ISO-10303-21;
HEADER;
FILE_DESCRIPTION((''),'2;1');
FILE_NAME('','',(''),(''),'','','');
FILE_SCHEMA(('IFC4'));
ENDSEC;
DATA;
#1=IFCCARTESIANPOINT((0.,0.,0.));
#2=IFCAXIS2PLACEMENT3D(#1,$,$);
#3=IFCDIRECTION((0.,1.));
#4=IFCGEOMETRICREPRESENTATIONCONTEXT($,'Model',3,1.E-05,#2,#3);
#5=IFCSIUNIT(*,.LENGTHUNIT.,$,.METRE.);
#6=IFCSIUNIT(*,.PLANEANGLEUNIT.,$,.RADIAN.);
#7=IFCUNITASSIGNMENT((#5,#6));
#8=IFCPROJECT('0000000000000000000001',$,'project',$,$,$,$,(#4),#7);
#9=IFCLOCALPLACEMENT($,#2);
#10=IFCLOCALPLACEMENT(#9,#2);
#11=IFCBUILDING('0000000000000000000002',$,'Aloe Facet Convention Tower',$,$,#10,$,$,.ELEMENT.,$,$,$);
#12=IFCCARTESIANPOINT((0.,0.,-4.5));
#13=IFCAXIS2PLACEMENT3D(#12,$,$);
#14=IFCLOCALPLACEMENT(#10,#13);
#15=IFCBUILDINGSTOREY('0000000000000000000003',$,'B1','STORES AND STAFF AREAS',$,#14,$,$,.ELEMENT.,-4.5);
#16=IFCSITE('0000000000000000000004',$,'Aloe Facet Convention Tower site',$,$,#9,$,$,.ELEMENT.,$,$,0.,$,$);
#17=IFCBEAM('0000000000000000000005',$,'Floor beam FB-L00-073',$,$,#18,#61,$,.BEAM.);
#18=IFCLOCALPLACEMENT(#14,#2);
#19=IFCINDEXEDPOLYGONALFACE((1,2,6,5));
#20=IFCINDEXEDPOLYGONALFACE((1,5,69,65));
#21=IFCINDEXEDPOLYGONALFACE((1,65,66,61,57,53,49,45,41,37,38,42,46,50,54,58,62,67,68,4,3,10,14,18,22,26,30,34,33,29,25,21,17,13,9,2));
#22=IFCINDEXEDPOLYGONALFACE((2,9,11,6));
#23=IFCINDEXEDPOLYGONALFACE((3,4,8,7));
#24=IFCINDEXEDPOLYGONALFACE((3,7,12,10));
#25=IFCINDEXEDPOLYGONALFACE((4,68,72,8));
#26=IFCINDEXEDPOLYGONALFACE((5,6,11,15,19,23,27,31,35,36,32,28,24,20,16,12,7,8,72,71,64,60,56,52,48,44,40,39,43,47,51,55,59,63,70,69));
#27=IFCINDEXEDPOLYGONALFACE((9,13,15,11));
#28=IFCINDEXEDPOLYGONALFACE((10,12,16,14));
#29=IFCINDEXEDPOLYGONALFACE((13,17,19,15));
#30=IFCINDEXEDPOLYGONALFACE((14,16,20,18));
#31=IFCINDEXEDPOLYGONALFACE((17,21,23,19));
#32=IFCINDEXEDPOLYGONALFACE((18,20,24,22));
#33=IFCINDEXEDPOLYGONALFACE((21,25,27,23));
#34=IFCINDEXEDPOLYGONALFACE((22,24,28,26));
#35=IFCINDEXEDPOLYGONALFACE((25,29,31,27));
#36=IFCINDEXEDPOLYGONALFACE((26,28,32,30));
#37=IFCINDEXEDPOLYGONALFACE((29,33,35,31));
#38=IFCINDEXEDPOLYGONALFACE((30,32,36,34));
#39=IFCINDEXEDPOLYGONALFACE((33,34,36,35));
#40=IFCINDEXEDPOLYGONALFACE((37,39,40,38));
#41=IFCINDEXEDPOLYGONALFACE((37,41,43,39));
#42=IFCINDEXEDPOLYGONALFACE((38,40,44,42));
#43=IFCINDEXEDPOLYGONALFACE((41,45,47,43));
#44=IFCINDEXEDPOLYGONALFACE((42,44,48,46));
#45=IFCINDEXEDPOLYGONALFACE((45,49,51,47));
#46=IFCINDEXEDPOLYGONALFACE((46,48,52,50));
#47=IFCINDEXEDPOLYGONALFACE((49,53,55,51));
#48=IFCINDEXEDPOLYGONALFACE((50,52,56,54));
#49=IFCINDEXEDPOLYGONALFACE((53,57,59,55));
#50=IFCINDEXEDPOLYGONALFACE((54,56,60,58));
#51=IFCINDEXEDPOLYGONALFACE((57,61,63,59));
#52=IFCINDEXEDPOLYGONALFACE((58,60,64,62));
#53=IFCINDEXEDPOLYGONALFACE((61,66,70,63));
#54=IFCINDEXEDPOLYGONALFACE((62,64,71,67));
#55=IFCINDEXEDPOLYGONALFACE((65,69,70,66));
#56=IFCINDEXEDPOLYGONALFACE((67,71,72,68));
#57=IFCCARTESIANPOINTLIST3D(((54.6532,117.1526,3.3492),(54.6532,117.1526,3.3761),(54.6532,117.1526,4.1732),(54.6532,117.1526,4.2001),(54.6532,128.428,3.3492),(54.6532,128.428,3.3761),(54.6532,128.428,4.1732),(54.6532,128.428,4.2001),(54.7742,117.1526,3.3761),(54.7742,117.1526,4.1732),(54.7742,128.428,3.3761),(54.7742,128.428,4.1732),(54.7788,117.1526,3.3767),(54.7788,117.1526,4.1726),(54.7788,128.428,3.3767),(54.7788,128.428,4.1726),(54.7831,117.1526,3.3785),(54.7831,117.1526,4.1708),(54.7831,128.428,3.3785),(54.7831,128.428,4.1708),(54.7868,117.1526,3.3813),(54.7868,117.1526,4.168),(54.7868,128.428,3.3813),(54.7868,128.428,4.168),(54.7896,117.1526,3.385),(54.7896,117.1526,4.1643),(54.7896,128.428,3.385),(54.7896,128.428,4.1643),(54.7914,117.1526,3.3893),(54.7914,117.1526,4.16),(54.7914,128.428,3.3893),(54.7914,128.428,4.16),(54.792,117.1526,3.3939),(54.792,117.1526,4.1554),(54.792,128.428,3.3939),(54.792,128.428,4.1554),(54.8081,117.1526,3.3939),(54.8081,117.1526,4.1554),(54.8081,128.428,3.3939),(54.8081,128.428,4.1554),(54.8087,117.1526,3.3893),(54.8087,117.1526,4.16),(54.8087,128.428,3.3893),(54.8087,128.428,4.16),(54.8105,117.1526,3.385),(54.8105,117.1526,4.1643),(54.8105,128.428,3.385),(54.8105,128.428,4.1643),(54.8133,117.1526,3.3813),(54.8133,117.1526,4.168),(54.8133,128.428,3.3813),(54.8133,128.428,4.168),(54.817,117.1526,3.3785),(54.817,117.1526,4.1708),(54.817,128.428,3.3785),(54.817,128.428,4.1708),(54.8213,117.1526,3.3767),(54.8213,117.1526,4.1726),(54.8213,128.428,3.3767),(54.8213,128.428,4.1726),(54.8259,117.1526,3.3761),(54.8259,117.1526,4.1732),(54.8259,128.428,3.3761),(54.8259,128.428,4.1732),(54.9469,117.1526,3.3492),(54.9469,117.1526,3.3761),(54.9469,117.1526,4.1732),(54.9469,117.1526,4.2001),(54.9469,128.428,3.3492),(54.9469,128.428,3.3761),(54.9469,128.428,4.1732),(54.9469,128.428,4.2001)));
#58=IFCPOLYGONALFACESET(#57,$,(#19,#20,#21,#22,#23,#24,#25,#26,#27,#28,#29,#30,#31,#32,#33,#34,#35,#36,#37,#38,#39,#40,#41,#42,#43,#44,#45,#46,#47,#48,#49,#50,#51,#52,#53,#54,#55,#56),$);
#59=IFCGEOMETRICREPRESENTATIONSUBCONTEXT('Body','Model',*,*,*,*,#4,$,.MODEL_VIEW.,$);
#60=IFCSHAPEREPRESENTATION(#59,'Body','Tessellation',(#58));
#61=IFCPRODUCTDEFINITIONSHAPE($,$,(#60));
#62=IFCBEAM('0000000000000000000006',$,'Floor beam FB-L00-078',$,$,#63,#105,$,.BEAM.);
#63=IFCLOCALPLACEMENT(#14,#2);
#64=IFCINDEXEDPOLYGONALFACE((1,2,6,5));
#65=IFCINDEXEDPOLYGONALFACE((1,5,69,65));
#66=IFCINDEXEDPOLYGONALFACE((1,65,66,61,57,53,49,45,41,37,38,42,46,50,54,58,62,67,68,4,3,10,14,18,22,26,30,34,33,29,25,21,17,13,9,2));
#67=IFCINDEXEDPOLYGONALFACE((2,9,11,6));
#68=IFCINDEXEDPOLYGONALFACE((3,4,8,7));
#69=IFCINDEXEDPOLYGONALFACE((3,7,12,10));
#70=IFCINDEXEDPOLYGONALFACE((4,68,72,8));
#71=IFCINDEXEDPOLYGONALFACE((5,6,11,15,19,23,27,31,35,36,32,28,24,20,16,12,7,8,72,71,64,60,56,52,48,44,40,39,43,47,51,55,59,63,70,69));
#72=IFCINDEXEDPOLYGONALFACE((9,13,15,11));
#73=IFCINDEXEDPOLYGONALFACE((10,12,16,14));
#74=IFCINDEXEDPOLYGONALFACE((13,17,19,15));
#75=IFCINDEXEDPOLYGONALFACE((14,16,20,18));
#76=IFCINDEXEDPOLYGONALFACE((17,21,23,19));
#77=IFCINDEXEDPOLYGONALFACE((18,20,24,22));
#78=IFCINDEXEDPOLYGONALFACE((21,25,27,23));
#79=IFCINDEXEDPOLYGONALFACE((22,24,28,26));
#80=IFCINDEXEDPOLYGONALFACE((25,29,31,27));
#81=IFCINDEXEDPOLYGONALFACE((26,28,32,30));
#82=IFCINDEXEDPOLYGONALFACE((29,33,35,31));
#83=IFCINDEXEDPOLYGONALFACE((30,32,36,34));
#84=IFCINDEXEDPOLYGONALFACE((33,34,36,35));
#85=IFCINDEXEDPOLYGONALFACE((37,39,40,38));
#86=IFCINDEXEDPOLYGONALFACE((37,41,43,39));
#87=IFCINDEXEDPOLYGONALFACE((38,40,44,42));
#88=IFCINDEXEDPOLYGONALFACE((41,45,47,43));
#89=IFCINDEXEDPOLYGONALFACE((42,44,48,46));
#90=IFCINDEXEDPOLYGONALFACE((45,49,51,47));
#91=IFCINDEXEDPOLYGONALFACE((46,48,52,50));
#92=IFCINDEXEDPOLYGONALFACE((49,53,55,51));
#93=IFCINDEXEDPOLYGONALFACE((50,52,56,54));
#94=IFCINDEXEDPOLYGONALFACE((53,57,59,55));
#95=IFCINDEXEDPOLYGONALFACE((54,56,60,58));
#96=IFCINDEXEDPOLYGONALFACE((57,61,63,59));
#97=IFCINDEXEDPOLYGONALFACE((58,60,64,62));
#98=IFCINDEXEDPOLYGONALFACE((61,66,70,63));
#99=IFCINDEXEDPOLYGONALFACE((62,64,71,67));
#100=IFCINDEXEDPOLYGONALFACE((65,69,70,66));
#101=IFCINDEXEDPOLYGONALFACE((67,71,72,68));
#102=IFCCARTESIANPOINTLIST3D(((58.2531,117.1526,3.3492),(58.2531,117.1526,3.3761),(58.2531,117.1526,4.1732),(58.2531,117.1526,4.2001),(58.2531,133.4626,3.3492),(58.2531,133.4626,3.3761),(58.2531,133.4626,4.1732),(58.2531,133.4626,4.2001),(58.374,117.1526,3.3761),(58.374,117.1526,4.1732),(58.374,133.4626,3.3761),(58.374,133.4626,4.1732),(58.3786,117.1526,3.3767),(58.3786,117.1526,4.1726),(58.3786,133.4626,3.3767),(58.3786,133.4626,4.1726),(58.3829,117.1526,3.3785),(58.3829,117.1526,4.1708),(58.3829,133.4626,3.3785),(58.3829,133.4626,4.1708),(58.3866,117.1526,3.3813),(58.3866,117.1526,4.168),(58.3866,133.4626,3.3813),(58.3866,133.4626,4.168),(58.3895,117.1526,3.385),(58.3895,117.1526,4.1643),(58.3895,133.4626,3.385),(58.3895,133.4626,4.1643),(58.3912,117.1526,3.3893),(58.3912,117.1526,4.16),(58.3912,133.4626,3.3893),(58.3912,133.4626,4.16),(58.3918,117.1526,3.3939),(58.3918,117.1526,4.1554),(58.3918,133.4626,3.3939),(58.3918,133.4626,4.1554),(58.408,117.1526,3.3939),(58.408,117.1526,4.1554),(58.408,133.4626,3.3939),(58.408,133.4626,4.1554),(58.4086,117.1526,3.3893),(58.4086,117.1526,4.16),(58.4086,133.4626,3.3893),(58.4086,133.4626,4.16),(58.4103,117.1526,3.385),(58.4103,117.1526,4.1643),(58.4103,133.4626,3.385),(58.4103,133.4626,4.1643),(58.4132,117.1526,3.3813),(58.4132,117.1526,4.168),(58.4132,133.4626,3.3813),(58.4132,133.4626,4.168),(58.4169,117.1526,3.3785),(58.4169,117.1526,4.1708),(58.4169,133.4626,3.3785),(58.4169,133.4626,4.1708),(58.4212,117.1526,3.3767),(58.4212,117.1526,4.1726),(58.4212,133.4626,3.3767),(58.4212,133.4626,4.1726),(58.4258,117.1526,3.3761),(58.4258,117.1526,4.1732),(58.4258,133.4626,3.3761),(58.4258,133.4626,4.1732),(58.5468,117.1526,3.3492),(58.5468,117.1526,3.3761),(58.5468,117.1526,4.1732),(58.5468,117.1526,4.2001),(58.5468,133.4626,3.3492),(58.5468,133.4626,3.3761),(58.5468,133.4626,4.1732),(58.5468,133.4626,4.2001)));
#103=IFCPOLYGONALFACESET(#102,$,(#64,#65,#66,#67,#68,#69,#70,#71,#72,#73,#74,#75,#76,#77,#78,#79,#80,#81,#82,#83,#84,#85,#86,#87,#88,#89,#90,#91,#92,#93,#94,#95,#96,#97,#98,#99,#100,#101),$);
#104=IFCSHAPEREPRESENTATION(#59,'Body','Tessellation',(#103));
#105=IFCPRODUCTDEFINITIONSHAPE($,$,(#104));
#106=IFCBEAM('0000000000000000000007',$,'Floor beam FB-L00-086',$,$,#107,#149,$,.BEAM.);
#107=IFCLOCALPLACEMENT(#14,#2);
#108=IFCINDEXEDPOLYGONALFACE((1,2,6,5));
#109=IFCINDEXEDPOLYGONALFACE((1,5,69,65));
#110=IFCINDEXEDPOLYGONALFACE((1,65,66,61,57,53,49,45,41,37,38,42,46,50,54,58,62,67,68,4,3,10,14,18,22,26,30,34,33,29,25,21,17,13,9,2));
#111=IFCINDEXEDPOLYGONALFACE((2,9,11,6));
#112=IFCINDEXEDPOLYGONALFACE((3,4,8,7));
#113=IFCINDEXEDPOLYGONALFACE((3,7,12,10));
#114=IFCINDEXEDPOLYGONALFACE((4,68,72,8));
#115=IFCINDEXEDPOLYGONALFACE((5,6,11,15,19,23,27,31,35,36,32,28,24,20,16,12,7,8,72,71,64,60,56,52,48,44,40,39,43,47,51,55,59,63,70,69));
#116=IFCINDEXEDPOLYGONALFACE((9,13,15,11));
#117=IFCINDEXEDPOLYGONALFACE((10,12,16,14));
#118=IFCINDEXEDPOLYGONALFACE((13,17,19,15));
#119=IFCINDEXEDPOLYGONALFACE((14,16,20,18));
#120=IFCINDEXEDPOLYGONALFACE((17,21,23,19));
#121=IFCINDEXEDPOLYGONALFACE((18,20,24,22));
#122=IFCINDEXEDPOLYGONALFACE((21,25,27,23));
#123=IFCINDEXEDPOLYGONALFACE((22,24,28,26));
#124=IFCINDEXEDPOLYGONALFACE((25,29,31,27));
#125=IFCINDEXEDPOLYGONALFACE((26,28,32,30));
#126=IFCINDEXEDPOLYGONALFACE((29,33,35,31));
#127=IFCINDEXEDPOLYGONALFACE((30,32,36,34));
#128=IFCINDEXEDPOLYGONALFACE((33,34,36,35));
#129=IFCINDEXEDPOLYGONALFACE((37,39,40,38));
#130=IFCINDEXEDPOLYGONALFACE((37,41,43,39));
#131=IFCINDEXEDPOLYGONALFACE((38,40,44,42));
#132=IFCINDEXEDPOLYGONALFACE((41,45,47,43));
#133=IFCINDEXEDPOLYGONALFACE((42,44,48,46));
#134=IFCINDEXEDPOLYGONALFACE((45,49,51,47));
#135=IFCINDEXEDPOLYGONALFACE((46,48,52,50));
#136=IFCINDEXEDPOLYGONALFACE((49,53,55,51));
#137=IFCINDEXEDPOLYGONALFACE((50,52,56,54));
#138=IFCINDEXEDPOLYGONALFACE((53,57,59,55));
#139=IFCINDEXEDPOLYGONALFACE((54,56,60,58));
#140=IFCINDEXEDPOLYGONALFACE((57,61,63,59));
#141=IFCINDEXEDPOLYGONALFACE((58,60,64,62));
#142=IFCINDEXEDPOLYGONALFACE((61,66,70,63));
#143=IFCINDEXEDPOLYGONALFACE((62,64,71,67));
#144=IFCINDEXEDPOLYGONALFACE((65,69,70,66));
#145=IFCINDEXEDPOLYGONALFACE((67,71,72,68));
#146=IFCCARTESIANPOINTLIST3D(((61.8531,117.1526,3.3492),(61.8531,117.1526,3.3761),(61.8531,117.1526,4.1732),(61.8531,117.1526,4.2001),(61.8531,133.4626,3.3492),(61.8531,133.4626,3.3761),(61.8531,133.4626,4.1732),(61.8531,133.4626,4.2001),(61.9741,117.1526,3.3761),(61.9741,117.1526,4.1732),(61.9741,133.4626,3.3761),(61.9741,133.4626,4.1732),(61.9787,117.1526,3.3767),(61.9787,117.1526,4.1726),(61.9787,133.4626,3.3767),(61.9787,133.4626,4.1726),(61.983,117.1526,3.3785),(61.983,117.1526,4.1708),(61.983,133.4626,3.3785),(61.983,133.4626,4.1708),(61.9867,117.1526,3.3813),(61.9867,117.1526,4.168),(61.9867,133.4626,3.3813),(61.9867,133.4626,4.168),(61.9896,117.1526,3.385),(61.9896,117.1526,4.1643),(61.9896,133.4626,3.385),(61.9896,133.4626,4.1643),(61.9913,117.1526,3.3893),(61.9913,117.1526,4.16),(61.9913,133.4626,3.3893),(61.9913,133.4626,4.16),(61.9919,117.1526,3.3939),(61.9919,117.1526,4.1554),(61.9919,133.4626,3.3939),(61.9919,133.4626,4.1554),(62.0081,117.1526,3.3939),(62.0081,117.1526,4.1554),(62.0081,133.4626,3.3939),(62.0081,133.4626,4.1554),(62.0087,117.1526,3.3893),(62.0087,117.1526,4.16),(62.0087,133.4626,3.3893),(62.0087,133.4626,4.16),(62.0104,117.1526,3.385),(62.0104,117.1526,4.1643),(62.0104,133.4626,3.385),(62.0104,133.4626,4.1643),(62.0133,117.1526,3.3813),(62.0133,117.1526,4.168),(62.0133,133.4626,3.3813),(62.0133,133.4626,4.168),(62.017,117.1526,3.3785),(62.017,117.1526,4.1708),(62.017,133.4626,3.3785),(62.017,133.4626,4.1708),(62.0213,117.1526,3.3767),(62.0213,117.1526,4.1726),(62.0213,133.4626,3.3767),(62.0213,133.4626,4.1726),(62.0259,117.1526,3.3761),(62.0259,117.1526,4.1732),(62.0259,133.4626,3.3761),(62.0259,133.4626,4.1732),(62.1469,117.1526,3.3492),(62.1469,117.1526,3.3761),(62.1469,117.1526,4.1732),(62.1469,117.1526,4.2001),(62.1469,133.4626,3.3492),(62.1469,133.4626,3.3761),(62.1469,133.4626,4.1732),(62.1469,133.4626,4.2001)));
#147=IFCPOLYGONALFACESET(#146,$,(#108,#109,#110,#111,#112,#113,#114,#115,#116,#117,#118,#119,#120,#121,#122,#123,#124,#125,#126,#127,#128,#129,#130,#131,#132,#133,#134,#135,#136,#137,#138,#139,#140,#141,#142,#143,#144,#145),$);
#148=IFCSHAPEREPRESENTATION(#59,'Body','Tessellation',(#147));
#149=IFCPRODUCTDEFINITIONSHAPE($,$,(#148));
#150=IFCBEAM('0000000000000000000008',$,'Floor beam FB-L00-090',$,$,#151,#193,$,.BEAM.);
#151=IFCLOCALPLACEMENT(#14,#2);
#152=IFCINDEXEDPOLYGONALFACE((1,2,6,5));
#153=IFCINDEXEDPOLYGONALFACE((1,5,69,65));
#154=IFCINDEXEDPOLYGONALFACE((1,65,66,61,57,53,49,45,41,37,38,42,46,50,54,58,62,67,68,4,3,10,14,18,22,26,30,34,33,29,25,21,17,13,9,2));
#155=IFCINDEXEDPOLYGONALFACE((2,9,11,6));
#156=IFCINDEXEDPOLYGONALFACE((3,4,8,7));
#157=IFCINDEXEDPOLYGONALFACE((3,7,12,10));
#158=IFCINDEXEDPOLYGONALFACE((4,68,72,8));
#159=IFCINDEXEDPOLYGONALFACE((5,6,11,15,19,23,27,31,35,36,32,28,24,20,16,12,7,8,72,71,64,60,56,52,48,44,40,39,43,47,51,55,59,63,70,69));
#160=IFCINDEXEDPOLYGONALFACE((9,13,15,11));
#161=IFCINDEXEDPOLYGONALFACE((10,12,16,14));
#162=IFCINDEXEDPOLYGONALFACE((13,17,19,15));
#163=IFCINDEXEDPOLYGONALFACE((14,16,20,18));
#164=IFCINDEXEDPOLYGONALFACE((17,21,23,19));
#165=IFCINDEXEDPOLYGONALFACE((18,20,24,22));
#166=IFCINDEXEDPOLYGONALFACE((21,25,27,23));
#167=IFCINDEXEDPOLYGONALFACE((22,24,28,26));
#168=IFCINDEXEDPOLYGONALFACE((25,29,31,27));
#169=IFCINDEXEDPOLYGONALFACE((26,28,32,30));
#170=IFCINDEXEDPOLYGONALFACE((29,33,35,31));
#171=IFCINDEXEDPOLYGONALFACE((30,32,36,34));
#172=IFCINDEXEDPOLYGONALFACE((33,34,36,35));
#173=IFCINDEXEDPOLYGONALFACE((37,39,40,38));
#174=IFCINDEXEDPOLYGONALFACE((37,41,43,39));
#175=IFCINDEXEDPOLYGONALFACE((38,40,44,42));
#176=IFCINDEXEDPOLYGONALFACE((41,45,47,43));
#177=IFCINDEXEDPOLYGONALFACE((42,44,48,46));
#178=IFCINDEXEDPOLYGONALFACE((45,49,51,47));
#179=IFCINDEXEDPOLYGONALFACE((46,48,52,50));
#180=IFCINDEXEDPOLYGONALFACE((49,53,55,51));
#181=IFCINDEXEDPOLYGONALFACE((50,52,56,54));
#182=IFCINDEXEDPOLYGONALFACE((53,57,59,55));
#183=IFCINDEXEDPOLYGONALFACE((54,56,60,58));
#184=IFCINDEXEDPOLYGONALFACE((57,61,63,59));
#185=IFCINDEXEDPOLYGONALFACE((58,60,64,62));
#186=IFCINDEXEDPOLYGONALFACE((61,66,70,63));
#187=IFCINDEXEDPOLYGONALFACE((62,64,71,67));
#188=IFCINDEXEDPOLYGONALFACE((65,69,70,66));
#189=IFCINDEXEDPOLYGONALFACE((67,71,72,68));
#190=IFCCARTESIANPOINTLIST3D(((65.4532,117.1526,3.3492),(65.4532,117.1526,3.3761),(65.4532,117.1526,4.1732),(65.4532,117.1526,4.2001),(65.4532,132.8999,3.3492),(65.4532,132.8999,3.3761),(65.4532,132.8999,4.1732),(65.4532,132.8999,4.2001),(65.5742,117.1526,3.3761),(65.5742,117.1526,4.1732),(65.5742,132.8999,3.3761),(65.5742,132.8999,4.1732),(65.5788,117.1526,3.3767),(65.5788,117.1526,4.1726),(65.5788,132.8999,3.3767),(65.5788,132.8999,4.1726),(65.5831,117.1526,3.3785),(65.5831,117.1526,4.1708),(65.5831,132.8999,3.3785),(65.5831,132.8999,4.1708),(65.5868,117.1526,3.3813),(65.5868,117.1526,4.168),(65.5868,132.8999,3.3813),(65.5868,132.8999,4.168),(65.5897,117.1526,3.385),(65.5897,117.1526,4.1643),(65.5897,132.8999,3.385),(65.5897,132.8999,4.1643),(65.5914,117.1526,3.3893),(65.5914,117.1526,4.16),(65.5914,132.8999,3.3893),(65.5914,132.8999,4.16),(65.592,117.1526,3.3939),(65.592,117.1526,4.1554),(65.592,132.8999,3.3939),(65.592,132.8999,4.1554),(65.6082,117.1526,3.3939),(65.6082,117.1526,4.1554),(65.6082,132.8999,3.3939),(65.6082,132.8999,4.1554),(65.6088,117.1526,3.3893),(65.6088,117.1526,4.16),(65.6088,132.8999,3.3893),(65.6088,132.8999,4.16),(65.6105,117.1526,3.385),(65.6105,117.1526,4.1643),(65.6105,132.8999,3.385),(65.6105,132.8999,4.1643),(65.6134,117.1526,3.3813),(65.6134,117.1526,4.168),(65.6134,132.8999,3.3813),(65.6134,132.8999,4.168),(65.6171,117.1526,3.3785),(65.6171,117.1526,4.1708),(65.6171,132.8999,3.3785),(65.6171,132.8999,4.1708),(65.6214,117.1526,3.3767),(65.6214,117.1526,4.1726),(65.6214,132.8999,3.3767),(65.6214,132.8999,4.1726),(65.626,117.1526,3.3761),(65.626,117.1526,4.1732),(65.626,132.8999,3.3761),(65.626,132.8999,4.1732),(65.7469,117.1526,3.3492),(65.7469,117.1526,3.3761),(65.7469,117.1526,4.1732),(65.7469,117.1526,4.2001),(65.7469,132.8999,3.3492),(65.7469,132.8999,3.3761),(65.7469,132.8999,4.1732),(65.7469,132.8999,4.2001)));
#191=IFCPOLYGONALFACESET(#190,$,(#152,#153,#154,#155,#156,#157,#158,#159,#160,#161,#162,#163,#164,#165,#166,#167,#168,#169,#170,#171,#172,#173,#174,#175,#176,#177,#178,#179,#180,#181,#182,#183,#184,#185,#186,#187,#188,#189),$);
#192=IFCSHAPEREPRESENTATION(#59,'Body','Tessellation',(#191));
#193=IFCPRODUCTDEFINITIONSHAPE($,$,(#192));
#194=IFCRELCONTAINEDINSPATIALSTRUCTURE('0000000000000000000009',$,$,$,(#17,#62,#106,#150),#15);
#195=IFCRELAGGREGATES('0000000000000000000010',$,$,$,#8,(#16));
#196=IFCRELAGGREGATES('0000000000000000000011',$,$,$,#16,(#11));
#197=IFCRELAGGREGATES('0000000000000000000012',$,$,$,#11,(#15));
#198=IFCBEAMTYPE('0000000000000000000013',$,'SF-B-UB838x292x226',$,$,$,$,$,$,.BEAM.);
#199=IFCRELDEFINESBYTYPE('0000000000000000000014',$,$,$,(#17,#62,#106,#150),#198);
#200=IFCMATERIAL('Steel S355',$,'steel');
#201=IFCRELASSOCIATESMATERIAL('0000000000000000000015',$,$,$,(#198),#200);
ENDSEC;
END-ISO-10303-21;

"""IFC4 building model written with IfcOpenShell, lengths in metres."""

from ifc_helpers import new_model, si_unit, direction, frame, origin, origin_2d, place, context, subcontext, project, spatial, i_section, extrude, material, material_profile, profile_set, type_object, element, save


model = new_model("IFC4")

# Units and contexts
model_context = context("Model", 3, precision=1e-05, world=origin(), true_north=direction((0.0, 1.0)))
body_context = subcontext(model_context, "Body", "Model", "MODEL_VIEW")
ifc_project = project(units=[si_unit("LENGTHUNIT", "METRE"), si_unit("PLANEANGLEUNIT", "RADIAN")], contexts=[model_context])

# Site, building, storey
site_placement = place(None, origin())
site = spatial("IfcSite", under=ifc_project, at=site_placement, Name="Aloe Facet Convention Tower site", CompositionType="ELEMENT", RefElevation=0.0)
building_placement = place(site_placement, origin())
building = spatial("IfcBuilding", under=site, at=building_placement, Name="Aloe Facet Convention Tower", CompositionType="ELEMENT")
storey_placement = place(building_placement, frame((0.0, 0.0, -4.5)))
storey = spatial("IfcBuildingStorey", under=building, at=storey_placement, Name="B1", Description="STORES AND STAFF AREAS", CompositionType="ELEMENT", Elevation=-4.5)

# Beams
ifc_material_1 = material(Name="Steel S355", Category="steel")
ifc_material_profile_1 = material_profile(ifc_material_1, i_section(OverallWidth=0.2937, OverallDepth=0.8508, WebThickness=0.0161, FlangeThickness=0.0269, FilletRadius=0.0178, at=origin_2d()), Name="UB 838x292x226")
ifc_profile_set_1 = profile_set([ifc_material_profile_1], Name="Steel S355")
beam_type_1 = type_object("IfcBeamType", Name="SF-B-UB838x292x226", PredefinedType="BEAM", material=ifc_profile_set_1)
beam_1_placement = place(storey_placement, frame((54.8, 117.1526, 3.7747), z_axis=(0.0, 1.0, 0.0), x_axis=(-1.0, 0.0, 0.0)))
element("IfcBeam", 1, at=beam_1_placement, inside=storey, type_object=beam_type_1, Name="Floor beam FB-L00-073", PredefinedType="BEAM", context=body_context, shape_type="SweptSolid", body=[
    extrude(i_section(OverallWidth=0.2937, OverallDepth=0.8508, WebThickness=0.0161, FlangeThickness=0.0269, FilletRadius=0.0178, at=origin_2d()), origin(), (0.0, 0.0, 1.0), 11.2754),
])
for number, where, z_axis, x_axis, name in (
    (2, (58.3999, 117.1526, 3.7747), (0.0, 1.0, 0.0), (-1.0, 0.0, 0.0), "Floor beam FB-L00-078"),
    (3, (62.0, 117.1526, 3.7747), (0.0, 1.0, 0.0), (-1.0, 0.0, 0.0), "Floor beam FB-L00-086"),
):
    element("IfcBeam", number, at=place(storey_placement, frame(where, z_axis=z_axis, x_axis=x_axis)), inside=storey, type_object=beam_type_1, Name=name, PredefinedType="BEAM", context=body_context, shape_type="SweptSolid", body=[
        extrude(i_section(OverallWidth=0.2937, OverallDepth=0.8508, WebThickness=0.0161, FlangeThickness=0.0269, FilletRadius=0.0178, at=origin_2d()), origin(), (0.0, 0.0, 1.0), 16.3101),
    ])
beam_2_placement = place(storey_placement, frame((65.6001, 117.1526, 3.7747), z_axis=(0.0, 1.0, 0.0), x_axis=(-1.0, 0.0, 0.0)))
element("IfcBeam", 4, at=beam_2_placement, inside=storey, type_object=beam_type_1, Name="Floor beam FB-L00-090", PredefinedType="BEAM", context=body_context, shape_type="SweptSolid", body=[
    extrude(i_section(OverallWidth=0.2937, OverallDepth=0.8508, WebThickness=0.0161, FlangeThickness=0.0269, FilletRadius=0.0178, at=origin_2d()), origin(), (0.0, 0.0, 1.0), 15.7473),
])

save(model, "model.ifc")
